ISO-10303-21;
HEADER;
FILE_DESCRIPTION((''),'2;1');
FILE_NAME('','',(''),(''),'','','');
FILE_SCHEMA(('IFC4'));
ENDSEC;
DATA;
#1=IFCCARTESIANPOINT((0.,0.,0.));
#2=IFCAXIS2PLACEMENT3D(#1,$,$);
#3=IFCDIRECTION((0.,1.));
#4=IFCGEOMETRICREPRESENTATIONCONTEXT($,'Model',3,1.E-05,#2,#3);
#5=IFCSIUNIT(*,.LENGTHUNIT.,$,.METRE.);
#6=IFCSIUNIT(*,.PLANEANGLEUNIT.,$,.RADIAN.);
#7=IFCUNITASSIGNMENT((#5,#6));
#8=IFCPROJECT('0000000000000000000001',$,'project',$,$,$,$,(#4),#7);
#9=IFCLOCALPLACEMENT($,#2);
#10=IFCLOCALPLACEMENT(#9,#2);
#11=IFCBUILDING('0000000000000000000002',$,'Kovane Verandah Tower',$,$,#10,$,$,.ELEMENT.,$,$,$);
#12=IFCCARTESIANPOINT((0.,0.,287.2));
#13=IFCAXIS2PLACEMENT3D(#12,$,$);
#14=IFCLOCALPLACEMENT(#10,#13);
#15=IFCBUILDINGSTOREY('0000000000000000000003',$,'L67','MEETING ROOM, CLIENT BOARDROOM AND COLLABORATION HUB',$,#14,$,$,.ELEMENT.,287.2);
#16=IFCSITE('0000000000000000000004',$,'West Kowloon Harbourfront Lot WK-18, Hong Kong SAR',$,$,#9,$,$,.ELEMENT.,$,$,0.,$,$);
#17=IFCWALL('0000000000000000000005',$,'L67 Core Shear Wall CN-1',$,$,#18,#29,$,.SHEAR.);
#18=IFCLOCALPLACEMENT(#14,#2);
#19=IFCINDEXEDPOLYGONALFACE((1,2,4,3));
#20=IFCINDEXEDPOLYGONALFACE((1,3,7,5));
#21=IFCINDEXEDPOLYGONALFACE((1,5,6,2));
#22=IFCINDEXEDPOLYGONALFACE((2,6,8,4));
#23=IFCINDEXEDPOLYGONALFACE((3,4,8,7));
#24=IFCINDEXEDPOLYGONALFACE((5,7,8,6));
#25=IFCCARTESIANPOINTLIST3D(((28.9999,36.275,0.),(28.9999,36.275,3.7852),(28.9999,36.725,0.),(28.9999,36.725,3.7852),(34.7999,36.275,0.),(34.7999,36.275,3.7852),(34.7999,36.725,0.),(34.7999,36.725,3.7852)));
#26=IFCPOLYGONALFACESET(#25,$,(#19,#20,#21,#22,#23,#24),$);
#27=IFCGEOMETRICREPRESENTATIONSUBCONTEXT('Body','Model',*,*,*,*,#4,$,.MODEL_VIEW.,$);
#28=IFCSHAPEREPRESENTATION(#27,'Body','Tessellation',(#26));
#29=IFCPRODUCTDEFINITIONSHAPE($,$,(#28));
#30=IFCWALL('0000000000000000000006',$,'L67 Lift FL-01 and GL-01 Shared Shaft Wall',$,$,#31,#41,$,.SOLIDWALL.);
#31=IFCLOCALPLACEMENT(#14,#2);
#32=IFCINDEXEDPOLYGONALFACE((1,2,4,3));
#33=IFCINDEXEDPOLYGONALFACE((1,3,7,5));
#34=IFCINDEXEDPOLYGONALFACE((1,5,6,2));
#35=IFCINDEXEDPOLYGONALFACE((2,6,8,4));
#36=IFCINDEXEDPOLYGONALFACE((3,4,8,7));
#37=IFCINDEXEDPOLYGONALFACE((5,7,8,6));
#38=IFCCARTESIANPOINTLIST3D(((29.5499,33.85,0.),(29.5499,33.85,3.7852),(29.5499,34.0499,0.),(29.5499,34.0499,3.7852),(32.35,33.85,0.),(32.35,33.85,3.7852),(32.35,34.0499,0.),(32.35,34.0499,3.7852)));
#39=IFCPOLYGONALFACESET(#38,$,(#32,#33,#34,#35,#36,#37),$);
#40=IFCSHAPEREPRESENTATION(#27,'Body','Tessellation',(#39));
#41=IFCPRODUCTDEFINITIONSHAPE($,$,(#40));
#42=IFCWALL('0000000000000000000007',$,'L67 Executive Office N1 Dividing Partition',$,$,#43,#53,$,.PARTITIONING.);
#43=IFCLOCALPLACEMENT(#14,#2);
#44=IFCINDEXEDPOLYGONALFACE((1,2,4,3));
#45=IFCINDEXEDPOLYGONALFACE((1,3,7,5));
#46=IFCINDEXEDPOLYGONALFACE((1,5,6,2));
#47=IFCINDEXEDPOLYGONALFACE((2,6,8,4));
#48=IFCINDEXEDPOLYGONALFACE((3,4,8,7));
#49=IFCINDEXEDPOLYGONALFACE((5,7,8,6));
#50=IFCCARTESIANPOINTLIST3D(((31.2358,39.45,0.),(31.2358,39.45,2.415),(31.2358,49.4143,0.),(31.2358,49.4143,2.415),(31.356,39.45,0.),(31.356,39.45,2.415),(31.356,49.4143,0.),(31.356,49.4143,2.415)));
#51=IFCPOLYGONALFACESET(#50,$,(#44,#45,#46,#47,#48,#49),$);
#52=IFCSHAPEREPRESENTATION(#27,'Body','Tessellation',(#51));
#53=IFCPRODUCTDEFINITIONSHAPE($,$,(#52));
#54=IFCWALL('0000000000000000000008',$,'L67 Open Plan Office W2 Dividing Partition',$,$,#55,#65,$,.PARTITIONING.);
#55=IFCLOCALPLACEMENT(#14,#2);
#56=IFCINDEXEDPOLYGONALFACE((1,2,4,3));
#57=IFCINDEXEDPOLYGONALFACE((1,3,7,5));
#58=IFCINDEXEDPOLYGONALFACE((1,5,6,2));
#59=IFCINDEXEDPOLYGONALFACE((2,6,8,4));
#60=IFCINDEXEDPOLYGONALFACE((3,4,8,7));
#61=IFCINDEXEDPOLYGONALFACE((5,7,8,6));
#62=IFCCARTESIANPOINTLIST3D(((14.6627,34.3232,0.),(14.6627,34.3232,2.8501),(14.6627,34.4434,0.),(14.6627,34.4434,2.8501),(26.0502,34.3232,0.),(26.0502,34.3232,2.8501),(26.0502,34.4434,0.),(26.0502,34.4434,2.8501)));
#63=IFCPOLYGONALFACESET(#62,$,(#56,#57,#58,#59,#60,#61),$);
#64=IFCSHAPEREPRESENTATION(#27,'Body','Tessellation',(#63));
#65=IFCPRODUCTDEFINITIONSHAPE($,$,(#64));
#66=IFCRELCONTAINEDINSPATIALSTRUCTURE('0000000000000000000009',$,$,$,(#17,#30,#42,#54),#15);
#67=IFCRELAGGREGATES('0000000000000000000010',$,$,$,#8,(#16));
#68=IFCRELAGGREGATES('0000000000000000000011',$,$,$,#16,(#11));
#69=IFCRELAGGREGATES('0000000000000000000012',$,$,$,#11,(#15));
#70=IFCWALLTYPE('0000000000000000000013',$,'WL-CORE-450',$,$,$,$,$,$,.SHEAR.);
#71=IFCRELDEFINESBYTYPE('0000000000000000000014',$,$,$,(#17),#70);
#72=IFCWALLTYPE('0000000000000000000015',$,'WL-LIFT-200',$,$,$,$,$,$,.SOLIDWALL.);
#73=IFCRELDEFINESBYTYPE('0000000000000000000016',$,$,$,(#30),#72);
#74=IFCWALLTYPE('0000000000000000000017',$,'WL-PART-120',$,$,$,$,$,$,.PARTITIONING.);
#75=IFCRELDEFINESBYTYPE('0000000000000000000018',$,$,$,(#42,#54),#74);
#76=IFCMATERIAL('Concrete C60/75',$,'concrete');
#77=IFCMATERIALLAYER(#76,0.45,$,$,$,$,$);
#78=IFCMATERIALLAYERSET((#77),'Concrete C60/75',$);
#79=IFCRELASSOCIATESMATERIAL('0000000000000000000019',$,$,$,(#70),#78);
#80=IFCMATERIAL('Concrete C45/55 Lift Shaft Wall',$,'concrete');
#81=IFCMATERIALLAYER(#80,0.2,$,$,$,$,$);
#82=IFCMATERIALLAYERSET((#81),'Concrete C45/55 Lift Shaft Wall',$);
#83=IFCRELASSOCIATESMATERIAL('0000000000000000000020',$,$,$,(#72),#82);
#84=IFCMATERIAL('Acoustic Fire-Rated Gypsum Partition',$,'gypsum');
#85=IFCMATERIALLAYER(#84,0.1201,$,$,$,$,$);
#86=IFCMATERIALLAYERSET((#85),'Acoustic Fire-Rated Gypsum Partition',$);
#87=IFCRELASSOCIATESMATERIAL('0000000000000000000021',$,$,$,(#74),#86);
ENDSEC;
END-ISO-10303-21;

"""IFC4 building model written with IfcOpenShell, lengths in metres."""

from ifc_helpers import new_model, si_unit, direction, frame, frame_2d, origin, place, context, subcontext, project, spatial, rectangle, extrude, material, layer, layer_set, type_object, element, save


model = new_model("IFC4")

# Units and contexts
model_context = context("Model", 3, precision=1e-05, world=origin(), true_north=direction((0.0, 1.0)))
body_context = subcontext(model_context, "Body", "Model", "MODEL_VIEW")
ifc_project = project(units=[si_unit("LENGTHUNIT", "METRE"), si_unit("PLANEANGLEUNIT", "RADIAN")], contexts=[model_context])

# Site, building, storey
site_placement = place(None, origin())
site = spatial("IfcSite", under=ifc_project, at=site_placement, Name="West Kowloon Harbourfront Lot WK-18, Hong Kong SAR", CompositionType="ELEMENT", RefElevation=0.0)
building_placement = place(site_placement, origin())
building = spatial("IfcBuilding", under=site, at=building_placement, Name="Kovane Verandah Tower", CompositionType="ELEMENT")
storey_placement = place(building_placement, frame((0.0, 0.0, 287.2)))
storey = spatial("IfcBuildingStorey", under=building, at=storey_placement, Name="L67", Description="MEETING ROOM, CLIENT BOARDROOM AND COLLABORATION HUB", CompositionType="ELEMENT", Elevation=287.2)

# Shared definitions
ifc_material_1 = material(Name="Concrete C60/75", Category="concrete")

# Walls
ifc_layer_1 = layer(ifc_material_1, 0.45)
ifc_layer_set_1 = layer_set([ifc_layer_1], Name="Concrete C60/75")
wall_type_1 = type_object("IfcWallType", Name="WL-CORE-450", PredefinedType="SHEAR", material=ifc_layer_set_1)
wall_1_placement = place(storey_placement, frame((29.0, 36.5, 0.0), z_axis=(0.0, 0.0, 1.0), x_axis=(1.0, 0.0, 0.0)))
element("IfcWall", 1, at=wall_1_placement, inside=storey, type_object=wall_type_1, Name="L67 Core Shear Wall CN-1", PredefinedType="SHEAR", context=body_context, shape_type="SweptSolid", body=[
    extrude(rectangle(XDim=5.8, YDim=0.45, at=frame_2d((2.8999, 0.0))), origin(), (0.0, 0.0, 1.0), 3.7852),
])
ifc_material_2 = material(Name="Concrete C45/55 Lift Shaft Wall", Category="concrete")
ifc_layer_2 = layer(ifc_material_2, 0.2)
ifc_layer_set_2 = layer_set([ifc_layer_2], Name="Concrete C45/55 Lift Shaft Wall")
wall_type_2 = type_object("IfcWallType", Name="WL-LIFT-200", PredefinedType="SOLIDWALL", material=ifc_layer_set_2)
wall_2_placement = place(storey_placement, frame((29.55, 33.95, 0.0), z_axis=(0.0, 0.0, 1.0), x_axis=(1.0, 0.0, 0.0)))
element("IfcWall", 2, at=wall_2_placement, inside=storey, type_object=wall_type_2, Name="L67 Lift FL-01 and GL-01 Shared Shaft Wall", PredefinedType="SOLIDWALL", context=body_context, shape_type="SweptSolid", body=[
    extrude(rectangle(XDim=2.8, YDim=0.2, at=frame_2d((1.3999, 0.0))), origin(), (0.0, 0.0, 1.0), 3.7852),
])
ifc_material_3 = material(Name="Acoustic Fire-Rated Gypsum Partition", Category="gypsum")
ifc_layer_3 = layer(ifc_material_3, 0.1201)
ifc_layer_set_3 = layer_set([ifc_layer_3], Name="Acoustic Fire-Rated Gypsum Partition")
wall_type_3 = type_object("IfcWallType", Name="WL-PART-120", PredefinedType="PARTITIONING", material=ifc_layer_set_3)
wall_3_placement = place(storey_placement, frame((31.2959, 39.45, 0.0), z_axis=(0.0, 0.0, 1.0), x_axis=(0.0, 1.0, 0.0)))
element("IfcWall", 3, at=wall_3_placement, inside=storey, type_object=wall_type_3, Name="L67 Executive Office N1 Dividing Partition", PredefinedType="PARTITIONING", context=body_context, shape_type="SweptSolid", body=[
    extrude(rectangle(XDim=9.9644, YDim=0.1201, at=frame_2d((4.9822, 0.0))), origin(), (0.0, 0.0, 1.0), 2.415),
])
wall_4_placement = place(storey_placement, frame((14.6626, 34.3833, 0.0), z_axis=(0.0, 0.0, 1.0), x_axis=(1.0, 0.0, 0.0)))
element("IfcWall", 4, at=wall_4_placement, inside=storey, type_object=wall_type_3, Name="L67 Open Plan Office W2 Dividing Partition", PredefinedType="PARTITIONING", context=body_context, shape_type="SweptSolid", body=[
    extrude(rectangle(XDim=11.3875, YDim=0.1201, at=frame_2d((5.6938, 0.0))), origin(), (0.0, 0.0, 1.0), 2.8501),
])

save(model, "model.ifc")
